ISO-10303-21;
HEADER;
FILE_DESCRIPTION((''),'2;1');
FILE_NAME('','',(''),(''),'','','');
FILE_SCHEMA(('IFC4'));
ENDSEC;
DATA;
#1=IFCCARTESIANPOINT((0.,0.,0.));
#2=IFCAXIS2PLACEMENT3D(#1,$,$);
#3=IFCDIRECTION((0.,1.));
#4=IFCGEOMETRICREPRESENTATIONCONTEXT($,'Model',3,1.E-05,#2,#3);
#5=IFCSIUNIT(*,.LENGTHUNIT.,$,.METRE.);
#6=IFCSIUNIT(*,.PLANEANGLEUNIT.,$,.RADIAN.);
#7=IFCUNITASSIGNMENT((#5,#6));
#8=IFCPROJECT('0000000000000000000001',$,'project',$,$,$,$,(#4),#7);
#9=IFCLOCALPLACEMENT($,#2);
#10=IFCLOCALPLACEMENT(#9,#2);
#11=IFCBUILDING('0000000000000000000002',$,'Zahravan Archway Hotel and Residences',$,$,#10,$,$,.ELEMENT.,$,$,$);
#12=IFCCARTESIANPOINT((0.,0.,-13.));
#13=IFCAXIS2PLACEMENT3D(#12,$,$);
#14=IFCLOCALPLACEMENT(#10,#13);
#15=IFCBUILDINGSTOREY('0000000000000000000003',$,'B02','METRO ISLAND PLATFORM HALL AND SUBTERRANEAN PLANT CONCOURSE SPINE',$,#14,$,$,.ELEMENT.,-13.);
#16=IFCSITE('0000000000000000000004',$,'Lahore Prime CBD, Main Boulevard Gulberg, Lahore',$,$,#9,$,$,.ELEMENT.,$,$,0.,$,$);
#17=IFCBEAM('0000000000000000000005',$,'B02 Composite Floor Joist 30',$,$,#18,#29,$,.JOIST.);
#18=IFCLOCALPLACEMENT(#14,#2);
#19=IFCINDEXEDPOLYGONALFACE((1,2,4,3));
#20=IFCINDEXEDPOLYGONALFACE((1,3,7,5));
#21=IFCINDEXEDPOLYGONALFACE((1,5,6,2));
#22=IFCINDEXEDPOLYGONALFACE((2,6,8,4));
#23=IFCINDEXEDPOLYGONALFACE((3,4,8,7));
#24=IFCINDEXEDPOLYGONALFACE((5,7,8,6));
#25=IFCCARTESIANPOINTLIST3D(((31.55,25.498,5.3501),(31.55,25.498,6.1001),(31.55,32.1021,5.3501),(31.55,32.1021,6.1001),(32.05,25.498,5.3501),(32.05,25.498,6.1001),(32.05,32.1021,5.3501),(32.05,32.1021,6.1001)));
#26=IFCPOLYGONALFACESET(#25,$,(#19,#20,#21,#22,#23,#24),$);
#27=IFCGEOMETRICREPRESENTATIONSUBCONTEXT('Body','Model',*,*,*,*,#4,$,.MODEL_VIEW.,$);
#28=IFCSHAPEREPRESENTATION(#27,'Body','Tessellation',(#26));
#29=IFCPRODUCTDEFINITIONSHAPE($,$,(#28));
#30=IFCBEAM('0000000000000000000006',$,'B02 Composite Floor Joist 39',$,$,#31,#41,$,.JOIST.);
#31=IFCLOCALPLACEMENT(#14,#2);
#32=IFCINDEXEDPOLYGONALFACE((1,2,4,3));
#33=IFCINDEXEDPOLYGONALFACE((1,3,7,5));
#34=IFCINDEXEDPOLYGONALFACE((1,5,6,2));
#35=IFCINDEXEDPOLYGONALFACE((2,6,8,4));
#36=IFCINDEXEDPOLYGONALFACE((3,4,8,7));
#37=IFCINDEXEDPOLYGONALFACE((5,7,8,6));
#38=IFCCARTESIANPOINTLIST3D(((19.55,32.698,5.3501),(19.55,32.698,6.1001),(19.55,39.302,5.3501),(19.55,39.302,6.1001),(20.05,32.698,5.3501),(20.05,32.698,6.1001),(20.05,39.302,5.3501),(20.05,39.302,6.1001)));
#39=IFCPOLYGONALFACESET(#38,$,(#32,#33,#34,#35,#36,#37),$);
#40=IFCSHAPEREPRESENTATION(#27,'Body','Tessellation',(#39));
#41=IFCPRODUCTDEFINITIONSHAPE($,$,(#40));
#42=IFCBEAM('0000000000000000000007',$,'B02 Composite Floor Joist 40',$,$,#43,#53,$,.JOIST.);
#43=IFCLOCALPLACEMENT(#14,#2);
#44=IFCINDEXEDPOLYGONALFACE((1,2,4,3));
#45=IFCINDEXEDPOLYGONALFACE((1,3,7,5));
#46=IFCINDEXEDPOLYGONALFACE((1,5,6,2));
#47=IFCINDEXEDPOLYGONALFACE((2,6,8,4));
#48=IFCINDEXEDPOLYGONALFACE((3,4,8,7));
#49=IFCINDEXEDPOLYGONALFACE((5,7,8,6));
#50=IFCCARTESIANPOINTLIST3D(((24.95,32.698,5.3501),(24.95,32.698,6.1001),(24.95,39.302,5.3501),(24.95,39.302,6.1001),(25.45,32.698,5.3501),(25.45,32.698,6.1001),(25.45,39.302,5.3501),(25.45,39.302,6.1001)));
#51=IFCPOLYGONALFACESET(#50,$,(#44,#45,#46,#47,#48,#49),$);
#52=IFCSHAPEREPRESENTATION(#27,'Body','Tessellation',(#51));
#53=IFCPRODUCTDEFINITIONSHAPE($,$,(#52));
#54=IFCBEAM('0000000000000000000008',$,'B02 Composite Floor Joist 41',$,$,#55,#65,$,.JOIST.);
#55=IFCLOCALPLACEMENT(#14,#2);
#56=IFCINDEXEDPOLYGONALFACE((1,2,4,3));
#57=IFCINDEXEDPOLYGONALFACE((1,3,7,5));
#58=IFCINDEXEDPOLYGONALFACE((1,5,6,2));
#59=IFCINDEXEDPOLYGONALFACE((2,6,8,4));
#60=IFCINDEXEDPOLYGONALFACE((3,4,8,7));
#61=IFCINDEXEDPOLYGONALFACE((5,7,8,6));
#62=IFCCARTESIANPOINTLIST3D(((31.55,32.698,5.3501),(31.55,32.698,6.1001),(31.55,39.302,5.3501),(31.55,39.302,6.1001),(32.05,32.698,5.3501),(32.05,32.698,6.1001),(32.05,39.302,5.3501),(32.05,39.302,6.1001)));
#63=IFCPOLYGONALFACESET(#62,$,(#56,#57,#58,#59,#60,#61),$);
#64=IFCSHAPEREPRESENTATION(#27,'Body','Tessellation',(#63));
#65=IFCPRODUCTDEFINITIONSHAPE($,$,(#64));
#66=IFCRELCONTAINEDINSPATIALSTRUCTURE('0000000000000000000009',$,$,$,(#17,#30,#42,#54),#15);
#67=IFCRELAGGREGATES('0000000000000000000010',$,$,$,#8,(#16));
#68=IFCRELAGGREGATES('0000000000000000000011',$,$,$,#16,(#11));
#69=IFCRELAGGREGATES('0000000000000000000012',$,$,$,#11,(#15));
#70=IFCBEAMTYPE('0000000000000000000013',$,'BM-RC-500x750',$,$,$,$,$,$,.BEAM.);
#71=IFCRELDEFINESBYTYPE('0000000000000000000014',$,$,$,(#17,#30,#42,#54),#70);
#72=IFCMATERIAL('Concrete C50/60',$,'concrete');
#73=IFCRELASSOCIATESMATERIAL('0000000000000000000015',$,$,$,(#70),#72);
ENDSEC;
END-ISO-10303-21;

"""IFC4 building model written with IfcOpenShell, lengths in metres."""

from ifc_helpers import new_model, si_unit, direction, frame, origin, origin_2d, place, context, subcontext, project, spatial, rectangle, extrude, source, transform, mapped, material, material_profile, profile_set, type_object, type_shapes, element, save


model = new_model("IFC4")

# Units and contexts
model_context = context("Model", 3, precision=1e-05, world=origin(), true_north=direction((0.0, 1.0)))
body_context = subcontext(model_context, "Body", "Model", "MODEL_VIEW")
ifc_project = project(units=[si_unit("LENGTHUNIT", "METRE"), si_unit("PLANEANGLEUNIT", "RADIAN")], contexts=[model_context])

# Site, building, storey
site_placement = place(None, origin())
site = spatial("IfcSite", under=ifc_project, at=site_placement, Name="Lahore Prime CBD, Main Boulevard Gulberg, Lahore", CompositionType="ELEMENT", RefElevation=0.0)
building_placement = place(site_placement, origin())
building = spatial("IfcBuilding", under=site, at=building_placement, Name="Zahravan Archway Hotel and Residences", CompositionType="ELEMENT")
storey_placement = place(building_placement, frame((0.0, 0.0, -13.0)))
storey = spatial("IfcBuildingStorey", under=building, at=storey_placement, Name="B02", Description="METRO ISLAND PLATFORM HALL AND SUBTERRANEAN PLANT CONCOURSE SPINE", CompositionType="ELEMENT", Elevation=-13.0)

# Shared definitions
ifc_material_1 = material(Name="Concrete C50/60", Category="concrete")

# Beams
ifc_material_profile_1 = material_profile(ifc_material_1, rectangle(XDim=0.5, YDim=0.75, at=origin_2d()), Name="RC-BM-500x750", Category="concrete")
ifc_profile_set_1 = profile_set([ifc_material_profile_1], Name="Concrete C50/60")
beam_type_1 = type_object("IfcBeamType", Name="BM-RC-500x750", PredefinedType="BEAM", material=ifc_profile_set_1)
shared_shape_1 = source(origin(), body_context, "Body", "SweptSolid", [
    extrude(rectangle(XDim=0.5, YDim=0.75, at=origin_2d()), origin(), (0.0, 0.0, 1.0), 6.604),
])
type_shapes(beam_type_1, [shared_shape_1])
for number, where, z_axis, x_axis, name in (
    (1, (31.8, 25.498, 5.7251), (0.0, 1.0, 0.0), (-1.0, 0.0, 0.0), "B02 Composite Floor Joist 30"),
    (2, (19.8, 32.698, 5.7251), (0.0, 1.0, 0.0), (-1.0, 0.0, 0.0), "B02 Composite Floor Joist 39"),
    (3, (25.2, 32.698, 5.7251), (0.0, 1.0, 0.0), (-1.0, 0.0, 0.0), "B02 Composite Floor Joist 40"),
    (4, (31.8, 32.698, 5.7251), (0.0, 1.0, 0.0), (-1.0, 0.0, 0.0), "B02 Composite Floor Joist 41"),
):
    element("IfcBeam", number, at=place(storey_placement, frame(where, z_axis=z_axis, x_axis=x_axis)), inside=storey, type_object=beam_type_1, Name=name, PredefinedType="JOIST", context=body_context, shape_type="MappedRepresentation", body=[
        mapped(shared_shape_1, transform((0.0, 0.0, 0.0), scale=1.0)),
    ])

save(model, "model.ifc")
